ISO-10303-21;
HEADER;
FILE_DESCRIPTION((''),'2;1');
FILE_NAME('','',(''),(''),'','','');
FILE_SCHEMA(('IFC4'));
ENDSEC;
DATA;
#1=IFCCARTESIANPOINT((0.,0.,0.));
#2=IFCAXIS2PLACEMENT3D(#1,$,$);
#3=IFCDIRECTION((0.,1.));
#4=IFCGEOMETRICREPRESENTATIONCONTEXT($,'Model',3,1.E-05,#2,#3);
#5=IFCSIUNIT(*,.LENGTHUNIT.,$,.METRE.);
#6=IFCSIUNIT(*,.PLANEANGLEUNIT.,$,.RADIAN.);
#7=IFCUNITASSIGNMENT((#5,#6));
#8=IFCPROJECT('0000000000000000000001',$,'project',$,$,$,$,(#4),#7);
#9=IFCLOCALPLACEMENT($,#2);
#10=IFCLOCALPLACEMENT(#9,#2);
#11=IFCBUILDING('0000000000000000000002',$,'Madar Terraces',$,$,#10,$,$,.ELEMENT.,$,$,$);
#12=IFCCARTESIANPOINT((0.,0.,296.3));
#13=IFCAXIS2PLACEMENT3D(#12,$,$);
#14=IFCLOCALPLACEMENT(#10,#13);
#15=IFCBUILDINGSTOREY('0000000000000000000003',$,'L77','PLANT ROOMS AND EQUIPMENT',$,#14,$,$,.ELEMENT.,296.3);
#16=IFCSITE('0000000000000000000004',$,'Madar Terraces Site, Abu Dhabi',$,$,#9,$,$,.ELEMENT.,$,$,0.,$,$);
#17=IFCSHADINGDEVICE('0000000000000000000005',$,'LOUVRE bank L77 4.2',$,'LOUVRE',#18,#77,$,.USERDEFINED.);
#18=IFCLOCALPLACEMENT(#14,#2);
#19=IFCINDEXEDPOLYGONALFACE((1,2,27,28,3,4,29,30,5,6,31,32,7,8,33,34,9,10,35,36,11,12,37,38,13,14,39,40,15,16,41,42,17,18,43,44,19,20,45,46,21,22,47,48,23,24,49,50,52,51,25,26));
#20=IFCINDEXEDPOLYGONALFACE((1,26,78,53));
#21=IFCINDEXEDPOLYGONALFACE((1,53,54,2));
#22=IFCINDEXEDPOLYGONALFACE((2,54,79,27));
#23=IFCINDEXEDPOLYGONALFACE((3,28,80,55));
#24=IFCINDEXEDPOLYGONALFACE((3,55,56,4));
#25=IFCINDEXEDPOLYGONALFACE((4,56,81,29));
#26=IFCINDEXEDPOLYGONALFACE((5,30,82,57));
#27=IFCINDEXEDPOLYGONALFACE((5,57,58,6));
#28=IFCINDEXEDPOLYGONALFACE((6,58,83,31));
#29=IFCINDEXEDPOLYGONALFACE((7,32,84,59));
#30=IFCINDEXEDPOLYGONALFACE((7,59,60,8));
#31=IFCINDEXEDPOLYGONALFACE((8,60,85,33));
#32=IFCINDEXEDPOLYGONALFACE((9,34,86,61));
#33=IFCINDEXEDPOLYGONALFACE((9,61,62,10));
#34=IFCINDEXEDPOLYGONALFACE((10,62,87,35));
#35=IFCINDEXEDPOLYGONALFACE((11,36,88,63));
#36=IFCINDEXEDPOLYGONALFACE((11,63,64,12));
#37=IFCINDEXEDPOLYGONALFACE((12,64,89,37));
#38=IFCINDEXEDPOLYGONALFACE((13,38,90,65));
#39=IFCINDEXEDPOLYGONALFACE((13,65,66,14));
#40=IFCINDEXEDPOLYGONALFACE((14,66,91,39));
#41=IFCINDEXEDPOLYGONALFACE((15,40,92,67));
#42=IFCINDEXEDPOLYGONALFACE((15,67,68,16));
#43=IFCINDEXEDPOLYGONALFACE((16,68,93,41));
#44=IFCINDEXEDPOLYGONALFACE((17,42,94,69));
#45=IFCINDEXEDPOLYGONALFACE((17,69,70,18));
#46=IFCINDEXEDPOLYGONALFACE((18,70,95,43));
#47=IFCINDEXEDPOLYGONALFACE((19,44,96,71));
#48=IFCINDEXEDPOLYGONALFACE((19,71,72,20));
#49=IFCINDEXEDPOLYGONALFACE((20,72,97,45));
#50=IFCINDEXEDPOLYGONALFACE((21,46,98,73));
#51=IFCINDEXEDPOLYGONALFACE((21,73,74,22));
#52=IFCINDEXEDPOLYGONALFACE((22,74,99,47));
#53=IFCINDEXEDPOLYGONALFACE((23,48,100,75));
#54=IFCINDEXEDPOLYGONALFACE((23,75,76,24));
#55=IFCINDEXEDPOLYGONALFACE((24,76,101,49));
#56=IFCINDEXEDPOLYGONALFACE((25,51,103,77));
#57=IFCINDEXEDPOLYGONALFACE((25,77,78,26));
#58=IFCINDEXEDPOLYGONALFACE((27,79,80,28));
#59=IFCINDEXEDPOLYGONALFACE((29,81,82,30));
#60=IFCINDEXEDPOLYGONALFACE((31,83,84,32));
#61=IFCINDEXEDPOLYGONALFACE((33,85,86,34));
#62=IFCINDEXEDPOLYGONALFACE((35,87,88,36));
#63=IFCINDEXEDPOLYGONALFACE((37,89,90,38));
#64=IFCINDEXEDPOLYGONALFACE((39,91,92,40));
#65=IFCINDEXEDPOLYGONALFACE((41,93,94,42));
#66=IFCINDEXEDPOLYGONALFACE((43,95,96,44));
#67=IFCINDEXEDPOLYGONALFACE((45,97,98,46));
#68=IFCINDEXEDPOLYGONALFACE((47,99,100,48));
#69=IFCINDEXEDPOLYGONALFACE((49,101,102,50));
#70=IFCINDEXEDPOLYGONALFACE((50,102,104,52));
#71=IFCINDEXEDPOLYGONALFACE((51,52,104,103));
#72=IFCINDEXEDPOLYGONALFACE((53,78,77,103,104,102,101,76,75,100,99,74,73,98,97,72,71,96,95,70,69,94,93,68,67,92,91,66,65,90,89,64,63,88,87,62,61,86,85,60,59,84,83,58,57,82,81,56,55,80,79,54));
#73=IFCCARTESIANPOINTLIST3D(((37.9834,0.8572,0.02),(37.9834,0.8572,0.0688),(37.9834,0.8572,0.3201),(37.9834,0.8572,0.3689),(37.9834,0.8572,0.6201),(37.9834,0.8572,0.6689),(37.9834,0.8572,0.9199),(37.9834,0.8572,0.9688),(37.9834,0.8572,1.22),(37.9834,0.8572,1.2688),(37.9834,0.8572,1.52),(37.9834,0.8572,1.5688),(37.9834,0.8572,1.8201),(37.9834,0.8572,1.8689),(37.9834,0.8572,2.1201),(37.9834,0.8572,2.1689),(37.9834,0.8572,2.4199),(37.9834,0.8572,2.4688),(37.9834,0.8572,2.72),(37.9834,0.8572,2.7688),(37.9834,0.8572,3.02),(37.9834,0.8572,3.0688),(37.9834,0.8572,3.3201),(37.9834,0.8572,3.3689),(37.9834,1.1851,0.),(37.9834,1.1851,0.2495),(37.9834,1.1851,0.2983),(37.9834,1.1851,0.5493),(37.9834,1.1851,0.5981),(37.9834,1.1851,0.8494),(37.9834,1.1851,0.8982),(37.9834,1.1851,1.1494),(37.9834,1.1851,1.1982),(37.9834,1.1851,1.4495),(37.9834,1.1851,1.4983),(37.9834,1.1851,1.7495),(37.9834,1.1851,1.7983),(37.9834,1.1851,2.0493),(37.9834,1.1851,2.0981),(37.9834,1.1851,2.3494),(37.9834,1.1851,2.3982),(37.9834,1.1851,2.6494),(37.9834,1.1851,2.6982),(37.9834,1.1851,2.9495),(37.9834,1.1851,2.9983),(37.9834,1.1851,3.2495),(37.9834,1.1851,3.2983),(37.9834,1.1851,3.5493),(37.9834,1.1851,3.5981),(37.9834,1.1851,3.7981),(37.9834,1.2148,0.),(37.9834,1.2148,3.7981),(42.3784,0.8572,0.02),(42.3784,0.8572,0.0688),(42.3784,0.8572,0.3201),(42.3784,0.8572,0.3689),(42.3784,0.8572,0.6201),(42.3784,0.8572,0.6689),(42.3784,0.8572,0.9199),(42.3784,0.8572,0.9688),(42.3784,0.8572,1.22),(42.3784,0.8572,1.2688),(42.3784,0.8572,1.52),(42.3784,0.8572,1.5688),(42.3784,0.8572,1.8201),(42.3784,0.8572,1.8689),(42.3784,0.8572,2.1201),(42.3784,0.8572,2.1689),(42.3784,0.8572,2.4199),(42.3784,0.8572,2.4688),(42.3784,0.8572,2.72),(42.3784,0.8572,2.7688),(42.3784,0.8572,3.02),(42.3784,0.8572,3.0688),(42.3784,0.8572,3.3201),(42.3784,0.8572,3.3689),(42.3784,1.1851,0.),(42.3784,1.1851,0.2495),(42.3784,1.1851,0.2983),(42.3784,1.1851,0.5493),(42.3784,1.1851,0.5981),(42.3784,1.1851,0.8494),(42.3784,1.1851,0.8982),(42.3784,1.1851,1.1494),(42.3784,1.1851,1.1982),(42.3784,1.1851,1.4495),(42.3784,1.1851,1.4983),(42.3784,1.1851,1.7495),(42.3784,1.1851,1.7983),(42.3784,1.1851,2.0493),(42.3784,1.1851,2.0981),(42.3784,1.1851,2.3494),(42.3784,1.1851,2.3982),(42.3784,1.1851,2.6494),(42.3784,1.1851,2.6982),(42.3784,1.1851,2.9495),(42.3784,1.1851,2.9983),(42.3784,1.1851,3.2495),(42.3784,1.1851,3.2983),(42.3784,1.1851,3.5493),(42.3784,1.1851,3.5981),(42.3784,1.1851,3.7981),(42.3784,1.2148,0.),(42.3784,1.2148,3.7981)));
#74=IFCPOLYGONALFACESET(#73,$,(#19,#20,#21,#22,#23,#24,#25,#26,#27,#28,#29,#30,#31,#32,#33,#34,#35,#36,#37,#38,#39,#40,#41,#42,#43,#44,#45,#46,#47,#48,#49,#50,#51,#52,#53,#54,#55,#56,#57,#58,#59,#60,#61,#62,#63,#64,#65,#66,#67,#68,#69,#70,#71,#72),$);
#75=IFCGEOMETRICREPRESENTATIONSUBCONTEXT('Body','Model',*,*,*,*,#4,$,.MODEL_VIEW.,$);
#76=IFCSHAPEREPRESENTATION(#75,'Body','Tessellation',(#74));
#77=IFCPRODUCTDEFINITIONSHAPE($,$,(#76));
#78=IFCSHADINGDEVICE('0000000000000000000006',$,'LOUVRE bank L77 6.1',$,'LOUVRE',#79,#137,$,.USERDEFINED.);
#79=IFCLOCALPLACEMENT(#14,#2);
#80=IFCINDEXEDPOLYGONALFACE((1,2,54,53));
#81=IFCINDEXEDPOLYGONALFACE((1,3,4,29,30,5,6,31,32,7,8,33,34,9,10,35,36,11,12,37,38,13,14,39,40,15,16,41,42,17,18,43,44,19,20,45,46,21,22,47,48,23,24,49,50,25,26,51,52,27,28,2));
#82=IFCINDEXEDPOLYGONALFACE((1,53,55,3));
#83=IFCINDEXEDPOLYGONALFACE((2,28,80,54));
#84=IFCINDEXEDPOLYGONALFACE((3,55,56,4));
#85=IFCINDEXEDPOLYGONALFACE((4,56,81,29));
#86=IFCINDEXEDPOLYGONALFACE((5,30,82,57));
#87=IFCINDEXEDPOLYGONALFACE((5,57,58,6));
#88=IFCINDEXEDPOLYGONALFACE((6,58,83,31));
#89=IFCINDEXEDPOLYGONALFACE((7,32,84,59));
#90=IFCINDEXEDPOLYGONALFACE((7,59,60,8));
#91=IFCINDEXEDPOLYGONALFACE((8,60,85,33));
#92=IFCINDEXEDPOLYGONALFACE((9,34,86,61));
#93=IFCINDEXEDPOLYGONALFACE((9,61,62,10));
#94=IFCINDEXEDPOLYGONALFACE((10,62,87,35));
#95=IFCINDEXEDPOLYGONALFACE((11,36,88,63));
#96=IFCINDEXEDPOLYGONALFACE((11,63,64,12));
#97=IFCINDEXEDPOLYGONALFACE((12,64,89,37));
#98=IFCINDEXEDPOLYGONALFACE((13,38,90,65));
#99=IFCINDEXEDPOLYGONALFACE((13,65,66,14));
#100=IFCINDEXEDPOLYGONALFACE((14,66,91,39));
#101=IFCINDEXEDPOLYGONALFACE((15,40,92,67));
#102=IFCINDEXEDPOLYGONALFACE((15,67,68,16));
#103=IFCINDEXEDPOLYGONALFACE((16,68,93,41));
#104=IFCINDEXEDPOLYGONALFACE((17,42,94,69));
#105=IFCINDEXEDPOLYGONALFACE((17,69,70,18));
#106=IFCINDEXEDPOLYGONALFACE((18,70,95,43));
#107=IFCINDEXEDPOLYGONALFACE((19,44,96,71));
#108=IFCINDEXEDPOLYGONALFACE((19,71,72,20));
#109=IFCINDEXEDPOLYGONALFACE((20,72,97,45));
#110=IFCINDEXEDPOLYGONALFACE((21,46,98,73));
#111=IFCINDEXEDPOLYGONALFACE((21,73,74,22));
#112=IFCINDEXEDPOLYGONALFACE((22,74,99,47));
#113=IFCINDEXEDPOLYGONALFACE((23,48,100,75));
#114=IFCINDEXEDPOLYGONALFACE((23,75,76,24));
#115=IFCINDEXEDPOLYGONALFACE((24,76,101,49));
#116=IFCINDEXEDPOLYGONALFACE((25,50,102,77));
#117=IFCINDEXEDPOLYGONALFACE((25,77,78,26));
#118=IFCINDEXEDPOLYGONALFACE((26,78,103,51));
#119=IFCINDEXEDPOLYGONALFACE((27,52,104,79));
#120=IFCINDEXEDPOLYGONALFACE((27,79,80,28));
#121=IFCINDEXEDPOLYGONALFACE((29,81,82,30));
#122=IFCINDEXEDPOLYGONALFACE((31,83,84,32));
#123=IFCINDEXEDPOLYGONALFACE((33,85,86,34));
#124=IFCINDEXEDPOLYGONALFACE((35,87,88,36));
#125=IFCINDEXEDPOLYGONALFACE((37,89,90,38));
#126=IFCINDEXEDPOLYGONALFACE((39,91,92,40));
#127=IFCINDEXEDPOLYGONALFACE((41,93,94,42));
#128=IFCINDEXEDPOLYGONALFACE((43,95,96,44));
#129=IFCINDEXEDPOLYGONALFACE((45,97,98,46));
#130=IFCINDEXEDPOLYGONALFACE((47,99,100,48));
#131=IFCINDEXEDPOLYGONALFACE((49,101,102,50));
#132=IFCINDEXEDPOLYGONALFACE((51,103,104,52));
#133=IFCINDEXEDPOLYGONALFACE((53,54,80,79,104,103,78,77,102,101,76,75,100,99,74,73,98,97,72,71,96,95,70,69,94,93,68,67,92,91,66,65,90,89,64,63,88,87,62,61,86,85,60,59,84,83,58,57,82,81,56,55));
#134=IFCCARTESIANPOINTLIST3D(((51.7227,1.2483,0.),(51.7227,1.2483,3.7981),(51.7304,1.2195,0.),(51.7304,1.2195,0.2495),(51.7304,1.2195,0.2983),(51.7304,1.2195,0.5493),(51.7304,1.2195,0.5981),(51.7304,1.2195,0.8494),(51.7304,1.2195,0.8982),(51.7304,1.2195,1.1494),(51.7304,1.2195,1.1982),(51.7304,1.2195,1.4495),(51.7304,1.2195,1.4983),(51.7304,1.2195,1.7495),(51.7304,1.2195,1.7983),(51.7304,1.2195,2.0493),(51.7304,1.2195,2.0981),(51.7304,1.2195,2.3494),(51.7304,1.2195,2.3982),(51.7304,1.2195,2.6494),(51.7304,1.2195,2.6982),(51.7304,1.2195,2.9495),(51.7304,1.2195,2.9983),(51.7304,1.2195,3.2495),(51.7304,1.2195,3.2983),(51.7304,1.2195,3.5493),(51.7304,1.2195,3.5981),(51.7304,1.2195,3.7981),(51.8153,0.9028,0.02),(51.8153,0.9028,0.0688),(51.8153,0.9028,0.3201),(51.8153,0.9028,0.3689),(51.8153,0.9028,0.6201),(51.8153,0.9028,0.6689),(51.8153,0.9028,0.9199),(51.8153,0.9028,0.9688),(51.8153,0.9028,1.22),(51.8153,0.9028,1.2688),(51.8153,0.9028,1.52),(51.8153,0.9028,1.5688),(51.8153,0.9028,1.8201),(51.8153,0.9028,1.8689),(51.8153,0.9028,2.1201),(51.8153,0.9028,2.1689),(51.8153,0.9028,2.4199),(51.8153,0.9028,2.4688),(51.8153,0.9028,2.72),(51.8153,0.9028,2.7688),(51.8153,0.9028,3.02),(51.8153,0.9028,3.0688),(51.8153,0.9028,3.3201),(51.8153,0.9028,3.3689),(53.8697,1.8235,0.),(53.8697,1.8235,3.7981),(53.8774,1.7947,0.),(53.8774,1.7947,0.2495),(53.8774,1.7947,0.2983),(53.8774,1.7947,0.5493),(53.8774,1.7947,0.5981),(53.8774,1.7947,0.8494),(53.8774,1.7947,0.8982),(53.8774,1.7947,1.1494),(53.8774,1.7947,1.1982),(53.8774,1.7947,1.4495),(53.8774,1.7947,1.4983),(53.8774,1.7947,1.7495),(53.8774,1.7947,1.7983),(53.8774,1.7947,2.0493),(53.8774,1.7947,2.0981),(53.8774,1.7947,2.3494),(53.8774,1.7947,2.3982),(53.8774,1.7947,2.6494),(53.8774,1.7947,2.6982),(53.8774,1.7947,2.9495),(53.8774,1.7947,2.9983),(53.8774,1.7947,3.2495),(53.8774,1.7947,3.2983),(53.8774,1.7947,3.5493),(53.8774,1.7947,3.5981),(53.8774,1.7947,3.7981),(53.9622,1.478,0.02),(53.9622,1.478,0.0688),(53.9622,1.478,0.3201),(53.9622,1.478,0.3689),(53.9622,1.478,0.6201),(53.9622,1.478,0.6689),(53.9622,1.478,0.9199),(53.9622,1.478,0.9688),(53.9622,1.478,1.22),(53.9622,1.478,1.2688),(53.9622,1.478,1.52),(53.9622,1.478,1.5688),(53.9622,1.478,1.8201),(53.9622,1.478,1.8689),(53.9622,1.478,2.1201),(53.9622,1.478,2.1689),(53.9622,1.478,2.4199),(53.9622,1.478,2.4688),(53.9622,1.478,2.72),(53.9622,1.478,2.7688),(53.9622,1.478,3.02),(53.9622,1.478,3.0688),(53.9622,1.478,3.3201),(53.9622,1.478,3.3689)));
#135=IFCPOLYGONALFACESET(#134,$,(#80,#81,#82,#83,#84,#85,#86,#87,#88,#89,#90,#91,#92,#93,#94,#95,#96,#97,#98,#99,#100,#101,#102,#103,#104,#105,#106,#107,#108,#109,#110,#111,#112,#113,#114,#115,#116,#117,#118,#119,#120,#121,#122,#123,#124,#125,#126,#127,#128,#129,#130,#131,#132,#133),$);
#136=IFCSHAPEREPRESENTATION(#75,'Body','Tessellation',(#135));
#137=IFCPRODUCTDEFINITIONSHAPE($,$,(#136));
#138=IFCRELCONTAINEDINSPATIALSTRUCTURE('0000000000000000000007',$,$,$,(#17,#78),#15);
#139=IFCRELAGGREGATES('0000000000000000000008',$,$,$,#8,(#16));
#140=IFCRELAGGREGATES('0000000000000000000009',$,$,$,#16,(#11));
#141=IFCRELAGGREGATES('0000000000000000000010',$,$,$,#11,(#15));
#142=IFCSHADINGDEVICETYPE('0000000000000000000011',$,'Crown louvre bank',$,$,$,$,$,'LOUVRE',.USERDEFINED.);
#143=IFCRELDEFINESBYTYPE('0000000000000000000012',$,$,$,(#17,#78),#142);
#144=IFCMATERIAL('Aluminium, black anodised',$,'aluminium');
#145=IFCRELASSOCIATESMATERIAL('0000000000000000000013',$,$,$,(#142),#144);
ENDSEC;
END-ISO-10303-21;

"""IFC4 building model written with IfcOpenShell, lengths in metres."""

from ifc_helpers import new_model, si_unit, direction, frame, origin, place, context, subcontext, project, spatial, polyline, outline, extrude, material, type_object, element, save


model = new_model("IFC4")

# Units and contexts
model_context = context("Model", 3, precision=1e-05, world=origin(), true_north=direction((0.0, 1.0)))
body_context = subcontext(model_context, "Body", "Model", "MODEL_VIEW")
ifc_project = project(units=[si_unit("LENGTHUNIT", "METRE"), si_unit("PLANEANGLEUNIT", "RADIAN")], contexts=[model_context])

# Site, building, storey
site_placement = place(None, origin())
site = spatial("IfcSite", under=ifc_project, at=site_placement, Name="Madar Terraces Site, Abu Dhabi", CompositionType="ELEMENT", RefElevation=0.0)
building_placement = place(site_placement, origin())
building = spatial("IfcBuilding", under=site, at=building_placement, Name="Madar Terraces", CompositionType="ELEMENT")
storey_placement = place(building_placement, frame((0.0, 0.0, 296.3)))
storey = spatial("IfcBuildingStorey", under=building, at=storey_placement, Name="L77", Description="PLANT ROOMS AND EQUIPMENT", CompositionType="ELEMENT", Elevation=296.3)

# Shading devices
ifc_material_1 = material(Name="Aluminium, black anodised", Category="aluminium")
shading_device_type = type_object("IfcShadingDeviceType", Name="Crown louvre bank", ElementType="LOUVRE", PredefinedType="USERDEFINED", material=ifc_material_1)
shading_device_1_placement = place(storey_placement, frame((37.9834, 1.2, 0.0), z_axis=(1.0, 0.0, 0.0), x_axis=(0.0, 1.0, 0.0)))
element("IfcShadingDevice", 1, at=shading_device_1_placement, inside=storey, type_object=shading_device_type, Name="LOUVRE bank L77 4.2", ObjectType="LOUVRE", PredefinedType="USERDEFINED", context=body_context, shape_type="SweptSolid", body=[
    extrude(outline(polyline([(0.0149, 0.0), (-0.0149, 0.0), (-0.0149, 0.2495), (-0.3428, 0.02), (-0.3428, 0.0688), (-0.0149, 0.2983), (-0.0149, 0.5493), (-0.3428, 0.3201), (-0.3428, 0.3689), (-0.0149, 0.5981), (-0.0149, 0.8494), (-0.3428, 0.6201), (-0.3428, 0.6689), (-0.0149, 0.8982), (-0.0149, 1.1494), (-0.3428, 0.9199), (-0.3428, 0.9688), (-0.0149, 1.1982), (-0.0149, 1.4495), (-0.3428, 1.22), (-0.3428, 1.2688), (-0.0149, 1.4983), (-0.0149, 1.7495), (-0.3428, 1.52), (-0.3428, 1.5688), (-0.0149, 1.7983), (-0.0149, 2.0493), (-0.3428, 1.8201), (-0.3428, 1.8689), (-0.0149, 2.0981), (-0.0149, 2.3494), (-0.3428, 2.1201), (-0.3428, 2.1689), (-0.0149, 2.3982), (-0.0149, 2.6494), (-0.3428, 2.4199), (-0.3428, 2.4688), (-0.0149, 2.6982), (-0.0149, 2.9495), (-0.3428, 2.72), (-0.3428, 2.7688), (-0.0149, 2.9983), (-0.0149, 3.2495), (-0.3428, 3.02), (-0.3428, 3.0688), (-0.0149, 3.2983), (-0.0149, 3.5493), (-0.3428, 3.3201), (-0.3428, 3.3689), (-0.0149, 3.5981), (-0.0149, 3.7981), (0.0149, 3.7981), (0.0149, 0.0)])), origin(), (0.0, 0.0, 1.0), 4.395),
])
shading_device_2_placement = place(storey_placement, frame((51.7266, 1.2339, 0.0), z_axis=(0.965935, 0.258784, 0.0), x_axis=(-0.258784, 0.965935, 0.0)))
element("IfcShadingDevice", 2, at=shading_device_2_placement, inside=storey, type_object=shading_device_type, Name="LOUVRE bank L77 6.1", ObjectType="LOUVRE", PredefinedType="USERDEFINED", context=body_context, shape_type="SweptSolid", body=[
    extrude(outline(polyline([(0.0149, 0.0), (-0.0149, 0.0), (-0.0149, 0.2495), (-0.3428, 0.02), (-0.3428, 0.0688), (-0.0149, 0.2983), (-0.0149, 0.5493), (-0.3428, 0.3201), (-0.3428, 0.3689), (-0.0149, 0.5981), (-0.0149, 0.8494), (-0.3428, 0.6201), (-0.3428, 0.6689), (-0.0149, 0.8982), (-0.0149, 1.1494), (-0.3428, 0.9199), (-0.3428, 0.9688), (-0.0149, 1.1982), (-0.0149, 1.4495), (-0.3428, 1.22), (-0.3428, 1.2688), (-0.0149, 1.4983), (-0.0149, 1.7495), (-0.3428, 1.52), (-0.3428, 1.5688), (-0.0149, 1.7983), (-0.0149, 2.0493), (-0.3428, 1.8201), (-0.3428, 1.8689), (-0.0149, 2.0981), (-0.0149, 2.3494), (-0.3428, 2.1201), (-0.3428, 2.1689), (-0.0149, 2.3982), (-0.0149, 2.6494), (-0.3428, 2.4199), (-0.3428, 2.4688), (-0.0149, 2.6982), (-0.0149, 2.9495), (-0.3428, 2.72), (-0.3428, 2.7688), (-0.0149, 2.9983), (-0.0149, 3.2495), (-0.3428, 3.02), (-0.3428, 3.0688), (-0.0149, 3.2983), (-0.0149, 3.5493), (-0.3428, 3.3201), (-0.3428, 3.3689), (-0.0149, 3.5981), (-0.0149, 3.7981), (0.0149, 3.7981), (0.0149, 0.0)])), origin(), (0.0, 0.0, 1.0), 2.2227),
])

save(model, "model.ifc")
